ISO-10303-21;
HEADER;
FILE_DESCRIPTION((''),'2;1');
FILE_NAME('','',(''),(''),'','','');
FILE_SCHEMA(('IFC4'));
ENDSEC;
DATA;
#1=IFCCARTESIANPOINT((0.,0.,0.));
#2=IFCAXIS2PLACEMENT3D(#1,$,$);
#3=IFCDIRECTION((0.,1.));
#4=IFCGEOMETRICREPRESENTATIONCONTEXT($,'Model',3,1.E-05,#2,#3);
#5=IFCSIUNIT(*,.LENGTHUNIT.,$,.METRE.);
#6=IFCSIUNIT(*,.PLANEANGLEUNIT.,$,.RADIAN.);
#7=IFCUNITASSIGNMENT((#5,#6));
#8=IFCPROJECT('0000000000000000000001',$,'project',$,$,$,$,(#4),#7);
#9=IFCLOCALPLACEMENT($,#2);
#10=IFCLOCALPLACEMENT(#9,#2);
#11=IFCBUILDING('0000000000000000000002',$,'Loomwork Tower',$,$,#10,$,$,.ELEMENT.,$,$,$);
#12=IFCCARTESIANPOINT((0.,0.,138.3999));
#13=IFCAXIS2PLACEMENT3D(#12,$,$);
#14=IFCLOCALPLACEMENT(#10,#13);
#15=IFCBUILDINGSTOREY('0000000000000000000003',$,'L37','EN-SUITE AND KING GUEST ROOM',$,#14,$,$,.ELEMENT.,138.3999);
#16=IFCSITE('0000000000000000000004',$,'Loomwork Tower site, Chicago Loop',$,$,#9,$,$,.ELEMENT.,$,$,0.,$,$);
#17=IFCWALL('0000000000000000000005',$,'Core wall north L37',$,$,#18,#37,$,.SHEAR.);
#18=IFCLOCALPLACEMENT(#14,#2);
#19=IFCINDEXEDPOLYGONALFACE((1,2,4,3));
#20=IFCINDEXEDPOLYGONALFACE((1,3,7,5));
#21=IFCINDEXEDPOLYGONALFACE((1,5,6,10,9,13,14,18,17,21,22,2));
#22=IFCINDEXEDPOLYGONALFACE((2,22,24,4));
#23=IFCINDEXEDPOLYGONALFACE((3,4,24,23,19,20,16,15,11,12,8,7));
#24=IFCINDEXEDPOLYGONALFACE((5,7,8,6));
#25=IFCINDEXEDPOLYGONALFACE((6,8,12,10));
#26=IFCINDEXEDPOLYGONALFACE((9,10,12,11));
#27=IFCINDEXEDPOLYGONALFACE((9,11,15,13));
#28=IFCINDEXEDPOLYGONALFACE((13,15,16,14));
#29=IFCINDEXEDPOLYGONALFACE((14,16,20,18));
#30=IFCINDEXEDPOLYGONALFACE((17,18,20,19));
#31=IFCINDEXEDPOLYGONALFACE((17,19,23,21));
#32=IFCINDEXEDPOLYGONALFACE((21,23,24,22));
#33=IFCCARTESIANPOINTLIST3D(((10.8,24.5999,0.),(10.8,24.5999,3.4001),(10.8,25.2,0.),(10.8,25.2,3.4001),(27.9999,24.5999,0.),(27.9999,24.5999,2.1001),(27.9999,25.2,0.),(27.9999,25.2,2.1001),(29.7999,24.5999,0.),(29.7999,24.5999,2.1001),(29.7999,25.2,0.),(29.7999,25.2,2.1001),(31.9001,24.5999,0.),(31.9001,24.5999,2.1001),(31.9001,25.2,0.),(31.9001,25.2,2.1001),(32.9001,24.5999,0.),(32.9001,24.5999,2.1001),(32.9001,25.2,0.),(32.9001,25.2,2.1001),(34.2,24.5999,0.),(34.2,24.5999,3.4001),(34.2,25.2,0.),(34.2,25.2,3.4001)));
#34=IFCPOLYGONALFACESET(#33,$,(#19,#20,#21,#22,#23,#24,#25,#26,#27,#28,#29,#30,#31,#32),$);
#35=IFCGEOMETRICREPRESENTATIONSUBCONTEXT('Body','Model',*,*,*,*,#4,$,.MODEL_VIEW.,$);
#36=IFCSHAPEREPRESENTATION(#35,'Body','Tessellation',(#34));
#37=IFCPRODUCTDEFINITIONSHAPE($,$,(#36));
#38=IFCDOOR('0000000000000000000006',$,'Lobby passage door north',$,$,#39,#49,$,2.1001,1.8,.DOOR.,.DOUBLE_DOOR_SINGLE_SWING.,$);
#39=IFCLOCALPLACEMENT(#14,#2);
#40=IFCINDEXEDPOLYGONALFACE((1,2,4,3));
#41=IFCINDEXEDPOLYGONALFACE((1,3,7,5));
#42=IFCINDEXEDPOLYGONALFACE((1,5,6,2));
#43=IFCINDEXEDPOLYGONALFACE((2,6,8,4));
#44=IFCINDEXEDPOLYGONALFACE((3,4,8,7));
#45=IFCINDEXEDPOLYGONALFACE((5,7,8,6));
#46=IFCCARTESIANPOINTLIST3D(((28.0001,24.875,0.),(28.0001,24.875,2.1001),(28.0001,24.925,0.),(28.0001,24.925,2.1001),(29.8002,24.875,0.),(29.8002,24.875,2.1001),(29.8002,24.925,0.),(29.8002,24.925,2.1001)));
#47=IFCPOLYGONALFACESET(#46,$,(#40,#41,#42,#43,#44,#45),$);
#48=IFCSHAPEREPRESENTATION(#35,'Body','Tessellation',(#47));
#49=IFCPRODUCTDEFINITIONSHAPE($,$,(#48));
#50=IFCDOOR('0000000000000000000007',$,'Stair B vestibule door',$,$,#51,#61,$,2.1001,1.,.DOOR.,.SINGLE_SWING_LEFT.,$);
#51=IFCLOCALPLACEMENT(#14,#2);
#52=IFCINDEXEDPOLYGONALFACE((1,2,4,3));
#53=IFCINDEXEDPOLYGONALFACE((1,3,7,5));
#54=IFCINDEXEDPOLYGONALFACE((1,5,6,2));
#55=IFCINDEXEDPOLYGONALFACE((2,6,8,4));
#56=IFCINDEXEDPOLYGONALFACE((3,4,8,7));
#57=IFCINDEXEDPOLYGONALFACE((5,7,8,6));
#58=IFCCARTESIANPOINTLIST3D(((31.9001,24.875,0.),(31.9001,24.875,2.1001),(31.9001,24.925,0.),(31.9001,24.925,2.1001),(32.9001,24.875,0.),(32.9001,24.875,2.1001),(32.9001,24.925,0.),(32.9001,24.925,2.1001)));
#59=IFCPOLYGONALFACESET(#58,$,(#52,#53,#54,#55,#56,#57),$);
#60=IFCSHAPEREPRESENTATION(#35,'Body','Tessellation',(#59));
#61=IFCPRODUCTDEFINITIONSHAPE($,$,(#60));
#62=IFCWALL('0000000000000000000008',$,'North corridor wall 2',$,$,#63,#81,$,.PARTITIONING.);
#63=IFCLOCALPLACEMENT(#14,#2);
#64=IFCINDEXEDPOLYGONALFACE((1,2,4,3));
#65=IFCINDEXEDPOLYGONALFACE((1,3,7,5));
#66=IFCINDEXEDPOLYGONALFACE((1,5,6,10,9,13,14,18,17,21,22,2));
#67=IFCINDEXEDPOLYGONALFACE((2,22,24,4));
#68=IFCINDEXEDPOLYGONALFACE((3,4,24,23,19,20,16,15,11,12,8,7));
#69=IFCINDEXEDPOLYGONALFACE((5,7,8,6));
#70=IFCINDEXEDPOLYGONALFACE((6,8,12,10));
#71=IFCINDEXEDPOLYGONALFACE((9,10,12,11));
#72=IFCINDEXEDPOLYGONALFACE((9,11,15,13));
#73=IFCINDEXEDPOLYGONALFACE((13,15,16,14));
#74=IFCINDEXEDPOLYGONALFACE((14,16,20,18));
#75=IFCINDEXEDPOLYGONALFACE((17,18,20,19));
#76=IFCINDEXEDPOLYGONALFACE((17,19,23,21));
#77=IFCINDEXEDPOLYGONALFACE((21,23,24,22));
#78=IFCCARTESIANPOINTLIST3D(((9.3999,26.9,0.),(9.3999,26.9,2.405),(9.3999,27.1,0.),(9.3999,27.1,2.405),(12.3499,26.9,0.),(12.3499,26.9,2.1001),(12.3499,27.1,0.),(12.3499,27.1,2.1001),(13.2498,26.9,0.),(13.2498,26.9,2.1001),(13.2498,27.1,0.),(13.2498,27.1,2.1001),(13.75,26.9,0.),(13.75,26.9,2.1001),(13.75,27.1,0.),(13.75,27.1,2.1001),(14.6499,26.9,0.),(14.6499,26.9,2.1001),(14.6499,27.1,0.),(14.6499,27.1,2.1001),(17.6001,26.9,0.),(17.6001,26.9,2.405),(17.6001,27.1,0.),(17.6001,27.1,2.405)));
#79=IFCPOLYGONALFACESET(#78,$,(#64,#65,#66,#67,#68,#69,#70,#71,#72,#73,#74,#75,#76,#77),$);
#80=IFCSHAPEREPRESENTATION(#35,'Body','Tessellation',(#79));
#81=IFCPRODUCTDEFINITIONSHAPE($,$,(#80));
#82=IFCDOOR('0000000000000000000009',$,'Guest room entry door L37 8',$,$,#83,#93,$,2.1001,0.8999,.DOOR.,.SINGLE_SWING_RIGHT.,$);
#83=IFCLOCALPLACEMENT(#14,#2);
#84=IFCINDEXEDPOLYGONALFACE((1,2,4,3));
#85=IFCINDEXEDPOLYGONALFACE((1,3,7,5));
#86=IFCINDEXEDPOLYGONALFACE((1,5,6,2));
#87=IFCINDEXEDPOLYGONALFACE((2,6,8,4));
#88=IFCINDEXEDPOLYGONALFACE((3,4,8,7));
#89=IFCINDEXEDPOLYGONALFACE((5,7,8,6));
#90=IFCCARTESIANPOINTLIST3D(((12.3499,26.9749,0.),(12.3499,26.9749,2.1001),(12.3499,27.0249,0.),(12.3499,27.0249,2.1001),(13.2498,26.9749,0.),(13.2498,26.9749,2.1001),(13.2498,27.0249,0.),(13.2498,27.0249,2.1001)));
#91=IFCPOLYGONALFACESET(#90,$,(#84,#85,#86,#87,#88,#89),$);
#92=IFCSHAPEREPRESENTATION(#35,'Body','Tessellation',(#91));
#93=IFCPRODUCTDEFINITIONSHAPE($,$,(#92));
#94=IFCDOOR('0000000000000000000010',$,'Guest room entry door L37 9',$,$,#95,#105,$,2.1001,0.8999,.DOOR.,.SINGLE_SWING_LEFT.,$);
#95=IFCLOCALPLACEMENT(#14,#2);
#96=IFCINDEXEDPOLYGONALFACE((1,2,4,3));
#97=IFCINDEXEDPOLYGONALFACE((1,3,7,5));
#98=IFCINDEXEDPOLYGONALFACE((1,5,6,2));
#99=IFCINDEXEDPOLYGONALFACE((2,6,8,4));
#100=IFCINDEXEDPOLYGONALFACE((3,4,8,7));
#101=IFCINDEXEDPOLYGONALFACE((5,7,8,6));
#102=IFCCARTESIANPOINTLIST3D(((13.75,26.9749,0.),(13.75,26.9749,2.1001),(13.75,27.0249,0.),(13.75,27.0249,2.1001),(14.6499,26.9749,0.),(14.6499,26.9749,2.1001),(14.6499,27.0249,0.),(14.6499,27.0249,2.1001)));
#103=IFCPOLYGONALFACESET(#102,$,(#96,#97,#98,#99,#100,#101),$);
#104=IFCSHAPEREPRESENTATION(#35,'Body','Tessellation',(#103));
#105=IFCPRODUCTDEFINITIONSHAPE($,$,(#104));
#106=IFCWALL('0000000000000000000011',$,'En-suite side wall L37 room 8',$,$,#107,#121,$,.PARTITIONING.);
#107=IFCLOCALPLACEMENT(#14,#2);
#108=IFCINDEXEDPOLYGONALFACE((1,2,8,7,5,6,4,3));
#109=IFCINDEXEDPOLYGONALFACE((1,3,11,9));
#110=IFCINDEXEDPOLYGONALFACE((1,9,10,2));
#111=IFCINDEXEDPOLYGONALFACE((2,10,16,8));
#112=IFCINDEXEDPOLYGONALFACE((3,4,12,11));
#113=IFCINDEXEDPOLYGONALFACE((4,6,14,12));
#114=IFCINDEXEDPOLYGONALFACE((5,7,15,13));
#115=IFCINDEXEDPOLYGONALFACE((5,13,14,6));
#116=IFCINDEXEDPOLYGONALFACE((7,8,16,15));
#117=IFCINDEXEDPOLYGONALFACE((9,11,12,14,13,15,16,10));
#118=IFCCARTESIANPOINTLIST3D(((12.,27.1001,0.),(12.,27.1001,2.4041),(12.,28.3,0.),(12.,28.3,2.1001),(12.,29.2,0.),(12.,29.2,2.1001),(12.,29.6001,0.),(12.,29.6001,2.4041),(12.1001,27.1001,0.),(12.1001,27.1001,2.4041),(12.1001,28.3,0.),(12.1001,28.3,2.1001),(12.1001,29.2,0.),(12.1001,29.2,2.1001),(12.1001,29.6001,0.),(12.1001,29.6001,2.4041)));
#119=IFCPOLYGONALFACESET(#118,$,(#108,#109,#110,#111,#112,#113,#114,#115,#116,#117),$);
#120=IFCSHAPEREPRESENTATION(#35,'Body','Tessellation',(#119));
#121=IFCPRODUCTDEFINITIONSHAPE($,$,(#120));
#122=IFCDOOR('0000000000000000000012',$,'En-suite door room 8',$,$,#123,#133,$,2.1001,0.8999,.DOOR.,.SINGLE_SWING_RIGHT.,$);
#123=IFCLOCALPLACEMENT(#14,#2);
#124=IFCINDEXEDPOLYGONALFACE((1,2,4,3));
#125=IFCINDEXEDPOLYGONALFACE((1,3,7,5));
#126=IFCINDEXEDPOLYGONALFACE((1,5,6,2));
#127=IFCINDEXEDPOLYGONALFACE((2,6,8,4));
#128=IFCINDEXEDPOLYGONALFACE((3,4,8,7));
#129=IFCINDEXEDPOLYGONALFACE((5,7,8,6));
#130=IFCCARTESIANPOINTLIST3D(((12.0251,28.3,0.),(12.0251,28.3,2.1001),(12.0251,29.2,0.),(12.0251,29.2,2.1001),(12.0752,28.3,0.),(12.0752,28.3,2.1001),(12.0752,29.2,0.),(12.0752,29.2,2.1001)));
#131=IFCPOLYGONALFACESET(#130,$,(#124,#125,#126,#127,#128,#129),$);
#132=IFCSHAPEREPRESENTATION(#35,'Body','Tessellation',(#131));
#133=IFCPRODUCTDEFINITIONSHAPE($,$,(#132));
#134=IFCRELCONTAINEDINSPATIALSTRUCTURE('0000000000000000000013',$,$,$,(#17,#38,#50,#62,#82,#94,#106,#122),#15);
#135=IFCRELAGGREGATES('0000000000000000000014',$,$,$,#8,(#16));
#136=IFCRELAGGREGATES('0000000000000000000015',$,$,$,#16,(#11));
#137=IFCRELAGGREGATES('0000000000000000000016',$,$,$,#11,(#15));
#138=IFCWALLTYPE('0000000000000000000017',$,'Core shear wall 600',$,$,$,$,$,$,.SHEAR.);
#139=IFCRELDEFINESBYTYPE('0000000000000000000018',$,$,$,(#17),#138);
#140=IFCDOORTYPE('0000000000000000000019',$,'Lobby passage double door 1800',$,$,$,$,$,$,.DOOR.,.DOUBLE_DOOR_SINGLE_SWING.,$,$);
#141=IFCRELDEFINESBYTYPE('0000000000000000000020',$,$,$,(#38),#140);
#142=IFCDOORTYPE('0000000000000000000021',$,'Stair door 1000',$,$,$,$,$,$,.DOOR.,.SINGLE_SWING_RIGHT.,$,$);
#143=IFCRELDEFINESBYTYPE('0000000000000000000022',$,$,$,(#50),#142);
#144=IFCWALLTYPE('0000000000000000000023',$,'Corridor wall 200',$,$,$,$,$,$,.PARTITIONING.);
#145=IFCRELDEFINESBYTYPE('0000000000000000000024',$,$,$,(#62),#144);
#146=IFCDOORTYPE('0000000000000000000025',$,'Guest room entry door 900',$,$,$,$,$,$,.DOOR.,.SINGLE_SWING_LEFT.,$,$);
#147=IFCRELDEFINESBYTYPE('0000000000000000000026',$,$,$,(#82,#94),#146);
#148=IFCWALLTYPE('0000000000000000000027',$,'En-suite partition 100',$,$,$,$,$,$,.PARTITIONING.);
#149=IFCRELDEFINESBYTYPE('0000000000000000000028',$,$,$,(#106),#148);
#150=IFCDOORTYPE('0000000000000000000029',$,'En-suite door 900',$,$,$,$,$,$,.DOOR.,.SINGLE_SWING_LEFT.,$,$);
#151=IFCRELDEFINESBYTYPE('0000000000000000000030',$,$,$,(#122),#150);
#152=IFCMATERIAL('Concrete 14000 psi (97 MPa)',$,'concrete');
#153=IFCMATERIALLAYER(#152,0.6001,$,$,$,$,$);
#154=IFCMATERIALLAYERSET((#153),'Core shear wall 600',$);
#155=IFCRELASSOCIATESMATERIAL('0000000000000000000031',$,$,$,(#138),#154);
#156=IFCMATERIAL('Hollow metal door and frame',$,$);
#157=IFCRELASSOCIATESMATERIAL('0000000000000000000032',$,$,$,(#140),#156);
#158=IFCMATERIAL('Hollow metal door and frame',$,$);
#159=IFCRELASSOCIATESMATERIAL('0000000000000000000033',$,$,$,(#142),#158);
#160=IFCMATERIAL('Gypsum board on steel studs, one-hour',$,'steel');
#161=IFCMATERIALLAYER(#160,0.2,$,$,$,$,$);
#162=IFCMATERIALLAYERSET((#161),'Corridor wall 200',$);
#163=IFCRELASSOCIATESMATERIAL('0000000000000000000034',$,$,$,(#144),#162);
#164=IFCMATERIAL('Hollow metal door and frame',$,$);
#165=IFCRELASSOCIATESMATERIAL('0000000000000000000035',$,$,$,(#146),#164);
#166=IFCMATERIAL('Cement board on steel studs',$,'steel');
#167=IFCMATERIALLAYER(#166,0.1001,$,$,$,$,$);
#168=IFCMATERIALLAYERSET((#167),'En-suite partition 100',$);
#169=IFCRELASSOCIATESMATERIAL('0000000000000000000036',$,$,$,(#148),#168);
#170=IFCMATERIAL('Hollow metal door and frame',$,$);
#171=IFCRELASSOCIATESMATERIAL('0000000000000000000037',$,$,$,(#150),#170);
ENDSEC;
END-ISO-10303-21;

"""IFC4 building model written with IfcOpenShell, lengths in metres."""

from ifc_helpers import new_model, si_unit, direction, frame, frame_2d, origin, place, context, subcontext, project, spatial, rectangle, extrude, material, layer, layer_set, type_object, element, fill, save


model = new_model("IFC4")

# Units and contexts
model_context = context("Model", 3, precision=1e-05, world=origin(), true_north=direction((0.0, 1.0)))
body_context = subcontext(model_context, "Body", "Model", "MODEL_VIEW")
ifc_project = project(units=[si_unit("LENGTHUNIT", "METRE"), si_unit("PLANEANGLEUNIT", "RADIAN")], contexts=[model_context])

# Site, building, storey
site_placement = place(None, origin())
site = spatial("IfcSite", under=ifc_project, at=site_placement, Name="Loomwork Tower site, Chicago Loop", CompositionType="ELEMENT", RefElevation=0.0)
building_placement = place(site_placement, origin())
building = spatial("IfcBuilding", under=site, at=building_placement, Name="Loomwork Tower", CompositionType="ELEMENT")
storey_placement = place(building_placement, frame((0.0, 0.0, 138.3999)))
storey = spatial("IfcBuildingStorey", under=building, at=storey_placement, Name="L37", Description="EN-SUITE AND KING GUEST ROOM", CompositionType="ELEMENT", Elevation=138.3999)

# Walls, openings, doors
ifc_material_1 = material(Name="Concrete 14000 psi (97 MPa)", Category="concrete")
ifc_layer_1 = layer(ifc_material_1, 0.6001)
ifc_layer_set_1 = layer_set([ifc_layer_1], Name="Core shear wall 600")
wall_type_1 = type_object("IfcWallType", Name="Core shear wall 600", PredefinedType="SHEAR", material=ifc_layer_set_1)
wall_1_placement = place(storey_placement, frame((10.8, 24.8999, 0.0), z_axis=(0.0, 0.0, 1.0), x_axis=(1.0, 0.0, 0.0)))
wall_1 = element("IfcWall", 1, at=wall_1_placement, inside=storey, type_object=wall_type_1, Name="Core wall north L37", PredefinedType="SHEAR", context=body_context, shape_type="SweptSolid", body=[
    extrude(rectangle(XDim=23.3999, YDim=0.6001, at=frame_2d((11.7, 0.0))), origin(), (0.0, 0.0, 1.0), 3.4001),
])
opening_1_placement = place(wall_1_placement, frame((17.2, 0.0, 0.0)))
opening_1 = element("IfcOpeningElement", 2, at=opening_1_placement, cuts=wall_1, PredefinedType="OPENING", context=body_context, shape_type="SweptSolid", body=[
    extrude(rectangle(XDim=1.8, YDim=2.1001, at=frame_2d((0.8999, 1.05))), frame((0.0, 0.3101, 0.0), z_axis=(0.0, -1.0, 0.0), x_axis=(1.0, 0.0, 0.0)), (0.0, 0.0, 1.0), 0.6201),
])
opening_2_placement = place(wall_1_placement, frame((21.1001, 0.0, 0.0)))
opening_2 = element("IfcOpeningElement", 3, at=opening_2_placement, cuts=wall_1, PredefinedType="OPENING", context=body_context, shape_type="SweptSolid", body=[
    extrude(rectangle(XDim=1.0, YDim=2.1001, at=frame_2d((0.5, 1.05))), frame((0.0, 0.3101, 0.0), z_axis=(0.0, -1.0, 0.0), x_axis=(1.0, 0.0, 0.0)), (0.0, 0.0, 1.0), 0.6201),
])
ifc_material_2 = material(Name="Hollow metal door and frame")
door_type_1 = type_object("IfcDoorType", Name="Lobby passage double door 1800", OperationType="DOUBLE_DOOR_SINGLE_SWING", PredefinedType="DOOR", material=ifc_material_2)
door_1_placement = place(opening_1_placement, frame((1.8, 0.0, 0.0), z_axis=(0.0, 0.0, 1.0), x_axis=(-1.0, 0.0, 0.0)))
door_1 = element("IfcDoor", 4, at=door_1_placement, inside=storey, type_object=door_type_1, Name="Lobby passage door north", OperationType="DOUBLE_DOOR_SINGLE_SWING", OverallHeight=2.1001, OverallWidth=1.8, PredefinedType="DOOR", context=body_context, shape_type="SweptSolid", body=[
    extrude(rectangle(XDim=1.8, YDim=2.1001, at=frame_2d((0.8999, 1.05))), frame((0.0, 0.0249, 0.0), z_axis=(0.0, -1.0, 0.0), x_axis=(1.0, 0.0, 0.0)), (0.0, 0.0, 1.0), 0.05),
])
fill(opening_1, door_1)
ifc_material_3 = material(Name="Hollow metal door and frame")
door_type_2 = type_object("IfcDoorType", Name="Stair door 1000", OperationType="SINGLE_SWING_RIGHT", PredefinedType="DOOR", material=ifc_material_3)
door_2_placement = place(opening_2_placement, frame((1.0, 0.0, 0.0), z_axis=(0.0, 0.0, 1.0), x_axis=(-1.0, 0.0, 0.0)))
door_2 = element("IfcDoor", 5, at=door_2_placement, inside=storey, type_object=door_type_2, Name="Stair B vestibule door", OperationType="SINGLE_SWING_LEFT", OverallHeight=2.1001, OverallWidth=1.0, PredefinedType="DOOR", context=body_context, shape_type="SweptSolid", body=[
    extrude(rectangle(XDim=1.0, YDim=2.1001, at=frame_2d((0.5, 1.05))), frame((0.0, 0.0249, 0.0), z_axis=(0.0, -1.0, 0.0), x_axis=(1.0, 0.0, 0.0)), (0.0, 0.0, 1.0), 0.05),
])
fill(opening_2, door_2)
ifc_material_4 = material(Name="Gypsum board on steel studs, one-hour", Category="steel")
ifc_layer_2 = layer(ifc_material_4, 0.2)
ifc_layer_set_2 = layer_set([ifc_layer_2], Name="Corridor wall 200")
wall_type_2 = type_object("IfcWallType", Name="Corridor wall 200", PredefinedType="PARTITIONING", material=ifc_layer_set_2)
wall_2_placement = place(storey_placement, frame((9.3999, 27.0, 0.0), z_axis=(0.0, 0.0, 1.0), x_axis=(1.0, 0.0, 0.0)))
wall_2 = element("IfcWall", 6, at=wall_2_placement, inside=storey, type_object=wall_type_2, Name="North corridor wall 2", PredefinedType="PARTITIONING", context=body_context, shape_type="SweptSolid", body=[
    extrude(rectangle(XDim=8.2002, YDim=0.2, at=frame_2d((4.1001, 0.0))), origin(), (0.0, 0.0, 1.0), 2.405),
])
opening_3_placement = place(wall_2_placement, frame((2.95, 0.0, 0.0)))
opening_3 = element("IfcOpeningElement", 7, at=opening_3_placement, cuts=wall_2, PredefinedType="OPENING", context=body_context, shape_type="SweptSolid", body=[
    extrude(rectangle(XDim=0.8999, YDim=2.1001, at=frame_2d((0.45, 1.05))), frame((0.0, 0.1099, 0.0), z_axis=(0.0, -1.0, 0.0), x_axis=(1.0, 0.0, 0.0)), (0.0, 0.0, 1.0), 0.22),
])
opening_4_placement = place(wall_2_placement, frame((4.3501, 0.0, 0.0)))
opening_4 = element("IfcOpeningElement", 8, at=opening_4_placement, cuts=wall_2, PredefinedType="OPENING", context=body_context, shape_type="SweptSolid", body=[
    extrude(rectangle(XDim=0.8999, YDim=2.1001, at=frame_2d((0.45, 1.05))), frame((0.0, 0.1099, 0.0), z_axis=(0.0, -1.0, 0.0), x_axis=(1.0, 0.0, 0.0)), (0.0, 0.0, 1.0), 0.22),
])
ifc_material_5 = material(Name="Hollow metal door and frame")
door_type_3 = type_object("IfcDoorType", Name="Guest room entry door 900", OperationType="SINGLE_SWING_LEFT", PredefinedType="DOOR", material=ifc_material_5)
door_3_placement = place(opening_3_placement, origin())
door_3 = element("IfcDoor", 9, at=door_3_placement, inside=storey, type_object=door_type_3, Name="Guest room entry door L37 8", OperationType="SINGLE_SWING_RIGHT", OverallHeight=2.1001, OverallWidth=0.8999, PredefinedType="DOOR", context=body_context, shape_type="SweptSolid", body=[
    extrude(rectangle(XDim=0.8999, YDim=2.1001, at=frame_2d((0.45, 1.05))), frame((0.0, 0.0249, 0.0), z_axis=(0.0, -1.0, 0.0), x_axis=(1.0, 0.0, 0.0)), (0.0, 0.0, 1.0), 0.05),
])
fill(opening_3, door_3)
door_4_placement = place(opening_4_placement, origin())
door_4 = element("IfcDoor", 10, at=door_4_placement, inside=storey, type_object=door_type_3, Name="Guest room entry door L37 9", OperationType="SINGLE_SWING_LEFT", OverallHeight=2.1001, OverallWidth=0.8999, PredefinedType="DOOR", context=body_context, shape_type="SweptSolid", body=[
    extrude(rectangle(XDim=0.8999, YDim=2.1001, at=frame_2d((0.45, 1.05))), frame((0.0, 0.0249, 0.0), z_axis=(0.0, -1.0, 0.0), x_axis=(1.0, 0.0, 0.0)), (0.0, 0.0, 1.0), 0.05),
])
fill(opening_4, door_4)

# Wall, opening, door
ifc_material_6 = material(Name="Cement board on steel studs", Category="steel")
ifc_layer_3 = layer(ifc_material_6, 0.1001)
ifc_layer_set_3 = layer_set([ifc_layer_3], Name="En-suite partition 100")
wall_type_3 = type_object("IfcWallType", Name="En-suite partition 100", PredefinedType="PARTITIONING", material=ifc_layer_set_3)
wall_3_placement = place(storey_placement, frame((12.05, 27.1001, 0.0), z_axis=(0.0, 0.0, 1.0), x_axis=(0.0, 1.0, 0.0)))
wall_3 = element("IfcWall", 11, at=wall_3_placement, inside=storey, type_object=wall_type_3, Name="En-suite side wall L37 room 8", PredefinedType="PARTITIONING", context=body_context, shape_type="SweptSolid", body=[
    extrude(rectangle(XDim=2.5, YDim=0.1001, at=frame_2d((1.25, 0.0))), origin(), (0.0, 0.0, 1.0), 2.4041),
])
opening_5_placement = place(wall_3_placement, frame((1.2, 0.0, 0.0)))
opening_5 = element("IfcOpeningElement", 12, at=opening_5_placement, cuts=wall_3, PredefinedType="OPENING", context=body_context, shape_type="SweptSolid", body=[
    extrude(rectangle(XDim=0.8999, YDim=2.1001, at=frame_2d((0.45, 1.05))), frame((0.0, 0.0601, 0.0), z_axis=(0.0, -1.0, 0.0), x_axis=(1.0, 0.0, 0.0)), (0.0, 0.0, 1.0), 0.1201),
])
ifc_material_7 = material(Name="Hollow metal door and frame")
door_type_4 = type_object("IfcDoorType", Name="En-suite door 900", OperationType="SINGLE_SWING_LEFT", PredefinedType="DOOR", material=ifc_material_7)
door_5_placement = place(opening_5_placement, origin())
door_5 = element("IfcDoor", 13, at=door_5_placement, inside=storey, type_object=door_type_4, Name="En-suite door room 8", OperationType="SINGLE_SWING_RIGHT", OverallHeight=2.1001, OverallWidth=0.8999, PredefinedType="DOOR", context=body_context, shape_type="SweptSolid", body=[
    extrude(rectangle(XDim=0.8999, YDim=2.1001, at=frame_2d((0.45, 1.05))), frame((0.0, 0.0249, 0.0), z_axis=(0.0, -1.0, 0.0), x_axis=(1.0, 0.0, 0.0)), (0.0, 0.0, 1.0), 0.05),
])
fill(opening_5, door_5)

save(model, "model.ifc")
